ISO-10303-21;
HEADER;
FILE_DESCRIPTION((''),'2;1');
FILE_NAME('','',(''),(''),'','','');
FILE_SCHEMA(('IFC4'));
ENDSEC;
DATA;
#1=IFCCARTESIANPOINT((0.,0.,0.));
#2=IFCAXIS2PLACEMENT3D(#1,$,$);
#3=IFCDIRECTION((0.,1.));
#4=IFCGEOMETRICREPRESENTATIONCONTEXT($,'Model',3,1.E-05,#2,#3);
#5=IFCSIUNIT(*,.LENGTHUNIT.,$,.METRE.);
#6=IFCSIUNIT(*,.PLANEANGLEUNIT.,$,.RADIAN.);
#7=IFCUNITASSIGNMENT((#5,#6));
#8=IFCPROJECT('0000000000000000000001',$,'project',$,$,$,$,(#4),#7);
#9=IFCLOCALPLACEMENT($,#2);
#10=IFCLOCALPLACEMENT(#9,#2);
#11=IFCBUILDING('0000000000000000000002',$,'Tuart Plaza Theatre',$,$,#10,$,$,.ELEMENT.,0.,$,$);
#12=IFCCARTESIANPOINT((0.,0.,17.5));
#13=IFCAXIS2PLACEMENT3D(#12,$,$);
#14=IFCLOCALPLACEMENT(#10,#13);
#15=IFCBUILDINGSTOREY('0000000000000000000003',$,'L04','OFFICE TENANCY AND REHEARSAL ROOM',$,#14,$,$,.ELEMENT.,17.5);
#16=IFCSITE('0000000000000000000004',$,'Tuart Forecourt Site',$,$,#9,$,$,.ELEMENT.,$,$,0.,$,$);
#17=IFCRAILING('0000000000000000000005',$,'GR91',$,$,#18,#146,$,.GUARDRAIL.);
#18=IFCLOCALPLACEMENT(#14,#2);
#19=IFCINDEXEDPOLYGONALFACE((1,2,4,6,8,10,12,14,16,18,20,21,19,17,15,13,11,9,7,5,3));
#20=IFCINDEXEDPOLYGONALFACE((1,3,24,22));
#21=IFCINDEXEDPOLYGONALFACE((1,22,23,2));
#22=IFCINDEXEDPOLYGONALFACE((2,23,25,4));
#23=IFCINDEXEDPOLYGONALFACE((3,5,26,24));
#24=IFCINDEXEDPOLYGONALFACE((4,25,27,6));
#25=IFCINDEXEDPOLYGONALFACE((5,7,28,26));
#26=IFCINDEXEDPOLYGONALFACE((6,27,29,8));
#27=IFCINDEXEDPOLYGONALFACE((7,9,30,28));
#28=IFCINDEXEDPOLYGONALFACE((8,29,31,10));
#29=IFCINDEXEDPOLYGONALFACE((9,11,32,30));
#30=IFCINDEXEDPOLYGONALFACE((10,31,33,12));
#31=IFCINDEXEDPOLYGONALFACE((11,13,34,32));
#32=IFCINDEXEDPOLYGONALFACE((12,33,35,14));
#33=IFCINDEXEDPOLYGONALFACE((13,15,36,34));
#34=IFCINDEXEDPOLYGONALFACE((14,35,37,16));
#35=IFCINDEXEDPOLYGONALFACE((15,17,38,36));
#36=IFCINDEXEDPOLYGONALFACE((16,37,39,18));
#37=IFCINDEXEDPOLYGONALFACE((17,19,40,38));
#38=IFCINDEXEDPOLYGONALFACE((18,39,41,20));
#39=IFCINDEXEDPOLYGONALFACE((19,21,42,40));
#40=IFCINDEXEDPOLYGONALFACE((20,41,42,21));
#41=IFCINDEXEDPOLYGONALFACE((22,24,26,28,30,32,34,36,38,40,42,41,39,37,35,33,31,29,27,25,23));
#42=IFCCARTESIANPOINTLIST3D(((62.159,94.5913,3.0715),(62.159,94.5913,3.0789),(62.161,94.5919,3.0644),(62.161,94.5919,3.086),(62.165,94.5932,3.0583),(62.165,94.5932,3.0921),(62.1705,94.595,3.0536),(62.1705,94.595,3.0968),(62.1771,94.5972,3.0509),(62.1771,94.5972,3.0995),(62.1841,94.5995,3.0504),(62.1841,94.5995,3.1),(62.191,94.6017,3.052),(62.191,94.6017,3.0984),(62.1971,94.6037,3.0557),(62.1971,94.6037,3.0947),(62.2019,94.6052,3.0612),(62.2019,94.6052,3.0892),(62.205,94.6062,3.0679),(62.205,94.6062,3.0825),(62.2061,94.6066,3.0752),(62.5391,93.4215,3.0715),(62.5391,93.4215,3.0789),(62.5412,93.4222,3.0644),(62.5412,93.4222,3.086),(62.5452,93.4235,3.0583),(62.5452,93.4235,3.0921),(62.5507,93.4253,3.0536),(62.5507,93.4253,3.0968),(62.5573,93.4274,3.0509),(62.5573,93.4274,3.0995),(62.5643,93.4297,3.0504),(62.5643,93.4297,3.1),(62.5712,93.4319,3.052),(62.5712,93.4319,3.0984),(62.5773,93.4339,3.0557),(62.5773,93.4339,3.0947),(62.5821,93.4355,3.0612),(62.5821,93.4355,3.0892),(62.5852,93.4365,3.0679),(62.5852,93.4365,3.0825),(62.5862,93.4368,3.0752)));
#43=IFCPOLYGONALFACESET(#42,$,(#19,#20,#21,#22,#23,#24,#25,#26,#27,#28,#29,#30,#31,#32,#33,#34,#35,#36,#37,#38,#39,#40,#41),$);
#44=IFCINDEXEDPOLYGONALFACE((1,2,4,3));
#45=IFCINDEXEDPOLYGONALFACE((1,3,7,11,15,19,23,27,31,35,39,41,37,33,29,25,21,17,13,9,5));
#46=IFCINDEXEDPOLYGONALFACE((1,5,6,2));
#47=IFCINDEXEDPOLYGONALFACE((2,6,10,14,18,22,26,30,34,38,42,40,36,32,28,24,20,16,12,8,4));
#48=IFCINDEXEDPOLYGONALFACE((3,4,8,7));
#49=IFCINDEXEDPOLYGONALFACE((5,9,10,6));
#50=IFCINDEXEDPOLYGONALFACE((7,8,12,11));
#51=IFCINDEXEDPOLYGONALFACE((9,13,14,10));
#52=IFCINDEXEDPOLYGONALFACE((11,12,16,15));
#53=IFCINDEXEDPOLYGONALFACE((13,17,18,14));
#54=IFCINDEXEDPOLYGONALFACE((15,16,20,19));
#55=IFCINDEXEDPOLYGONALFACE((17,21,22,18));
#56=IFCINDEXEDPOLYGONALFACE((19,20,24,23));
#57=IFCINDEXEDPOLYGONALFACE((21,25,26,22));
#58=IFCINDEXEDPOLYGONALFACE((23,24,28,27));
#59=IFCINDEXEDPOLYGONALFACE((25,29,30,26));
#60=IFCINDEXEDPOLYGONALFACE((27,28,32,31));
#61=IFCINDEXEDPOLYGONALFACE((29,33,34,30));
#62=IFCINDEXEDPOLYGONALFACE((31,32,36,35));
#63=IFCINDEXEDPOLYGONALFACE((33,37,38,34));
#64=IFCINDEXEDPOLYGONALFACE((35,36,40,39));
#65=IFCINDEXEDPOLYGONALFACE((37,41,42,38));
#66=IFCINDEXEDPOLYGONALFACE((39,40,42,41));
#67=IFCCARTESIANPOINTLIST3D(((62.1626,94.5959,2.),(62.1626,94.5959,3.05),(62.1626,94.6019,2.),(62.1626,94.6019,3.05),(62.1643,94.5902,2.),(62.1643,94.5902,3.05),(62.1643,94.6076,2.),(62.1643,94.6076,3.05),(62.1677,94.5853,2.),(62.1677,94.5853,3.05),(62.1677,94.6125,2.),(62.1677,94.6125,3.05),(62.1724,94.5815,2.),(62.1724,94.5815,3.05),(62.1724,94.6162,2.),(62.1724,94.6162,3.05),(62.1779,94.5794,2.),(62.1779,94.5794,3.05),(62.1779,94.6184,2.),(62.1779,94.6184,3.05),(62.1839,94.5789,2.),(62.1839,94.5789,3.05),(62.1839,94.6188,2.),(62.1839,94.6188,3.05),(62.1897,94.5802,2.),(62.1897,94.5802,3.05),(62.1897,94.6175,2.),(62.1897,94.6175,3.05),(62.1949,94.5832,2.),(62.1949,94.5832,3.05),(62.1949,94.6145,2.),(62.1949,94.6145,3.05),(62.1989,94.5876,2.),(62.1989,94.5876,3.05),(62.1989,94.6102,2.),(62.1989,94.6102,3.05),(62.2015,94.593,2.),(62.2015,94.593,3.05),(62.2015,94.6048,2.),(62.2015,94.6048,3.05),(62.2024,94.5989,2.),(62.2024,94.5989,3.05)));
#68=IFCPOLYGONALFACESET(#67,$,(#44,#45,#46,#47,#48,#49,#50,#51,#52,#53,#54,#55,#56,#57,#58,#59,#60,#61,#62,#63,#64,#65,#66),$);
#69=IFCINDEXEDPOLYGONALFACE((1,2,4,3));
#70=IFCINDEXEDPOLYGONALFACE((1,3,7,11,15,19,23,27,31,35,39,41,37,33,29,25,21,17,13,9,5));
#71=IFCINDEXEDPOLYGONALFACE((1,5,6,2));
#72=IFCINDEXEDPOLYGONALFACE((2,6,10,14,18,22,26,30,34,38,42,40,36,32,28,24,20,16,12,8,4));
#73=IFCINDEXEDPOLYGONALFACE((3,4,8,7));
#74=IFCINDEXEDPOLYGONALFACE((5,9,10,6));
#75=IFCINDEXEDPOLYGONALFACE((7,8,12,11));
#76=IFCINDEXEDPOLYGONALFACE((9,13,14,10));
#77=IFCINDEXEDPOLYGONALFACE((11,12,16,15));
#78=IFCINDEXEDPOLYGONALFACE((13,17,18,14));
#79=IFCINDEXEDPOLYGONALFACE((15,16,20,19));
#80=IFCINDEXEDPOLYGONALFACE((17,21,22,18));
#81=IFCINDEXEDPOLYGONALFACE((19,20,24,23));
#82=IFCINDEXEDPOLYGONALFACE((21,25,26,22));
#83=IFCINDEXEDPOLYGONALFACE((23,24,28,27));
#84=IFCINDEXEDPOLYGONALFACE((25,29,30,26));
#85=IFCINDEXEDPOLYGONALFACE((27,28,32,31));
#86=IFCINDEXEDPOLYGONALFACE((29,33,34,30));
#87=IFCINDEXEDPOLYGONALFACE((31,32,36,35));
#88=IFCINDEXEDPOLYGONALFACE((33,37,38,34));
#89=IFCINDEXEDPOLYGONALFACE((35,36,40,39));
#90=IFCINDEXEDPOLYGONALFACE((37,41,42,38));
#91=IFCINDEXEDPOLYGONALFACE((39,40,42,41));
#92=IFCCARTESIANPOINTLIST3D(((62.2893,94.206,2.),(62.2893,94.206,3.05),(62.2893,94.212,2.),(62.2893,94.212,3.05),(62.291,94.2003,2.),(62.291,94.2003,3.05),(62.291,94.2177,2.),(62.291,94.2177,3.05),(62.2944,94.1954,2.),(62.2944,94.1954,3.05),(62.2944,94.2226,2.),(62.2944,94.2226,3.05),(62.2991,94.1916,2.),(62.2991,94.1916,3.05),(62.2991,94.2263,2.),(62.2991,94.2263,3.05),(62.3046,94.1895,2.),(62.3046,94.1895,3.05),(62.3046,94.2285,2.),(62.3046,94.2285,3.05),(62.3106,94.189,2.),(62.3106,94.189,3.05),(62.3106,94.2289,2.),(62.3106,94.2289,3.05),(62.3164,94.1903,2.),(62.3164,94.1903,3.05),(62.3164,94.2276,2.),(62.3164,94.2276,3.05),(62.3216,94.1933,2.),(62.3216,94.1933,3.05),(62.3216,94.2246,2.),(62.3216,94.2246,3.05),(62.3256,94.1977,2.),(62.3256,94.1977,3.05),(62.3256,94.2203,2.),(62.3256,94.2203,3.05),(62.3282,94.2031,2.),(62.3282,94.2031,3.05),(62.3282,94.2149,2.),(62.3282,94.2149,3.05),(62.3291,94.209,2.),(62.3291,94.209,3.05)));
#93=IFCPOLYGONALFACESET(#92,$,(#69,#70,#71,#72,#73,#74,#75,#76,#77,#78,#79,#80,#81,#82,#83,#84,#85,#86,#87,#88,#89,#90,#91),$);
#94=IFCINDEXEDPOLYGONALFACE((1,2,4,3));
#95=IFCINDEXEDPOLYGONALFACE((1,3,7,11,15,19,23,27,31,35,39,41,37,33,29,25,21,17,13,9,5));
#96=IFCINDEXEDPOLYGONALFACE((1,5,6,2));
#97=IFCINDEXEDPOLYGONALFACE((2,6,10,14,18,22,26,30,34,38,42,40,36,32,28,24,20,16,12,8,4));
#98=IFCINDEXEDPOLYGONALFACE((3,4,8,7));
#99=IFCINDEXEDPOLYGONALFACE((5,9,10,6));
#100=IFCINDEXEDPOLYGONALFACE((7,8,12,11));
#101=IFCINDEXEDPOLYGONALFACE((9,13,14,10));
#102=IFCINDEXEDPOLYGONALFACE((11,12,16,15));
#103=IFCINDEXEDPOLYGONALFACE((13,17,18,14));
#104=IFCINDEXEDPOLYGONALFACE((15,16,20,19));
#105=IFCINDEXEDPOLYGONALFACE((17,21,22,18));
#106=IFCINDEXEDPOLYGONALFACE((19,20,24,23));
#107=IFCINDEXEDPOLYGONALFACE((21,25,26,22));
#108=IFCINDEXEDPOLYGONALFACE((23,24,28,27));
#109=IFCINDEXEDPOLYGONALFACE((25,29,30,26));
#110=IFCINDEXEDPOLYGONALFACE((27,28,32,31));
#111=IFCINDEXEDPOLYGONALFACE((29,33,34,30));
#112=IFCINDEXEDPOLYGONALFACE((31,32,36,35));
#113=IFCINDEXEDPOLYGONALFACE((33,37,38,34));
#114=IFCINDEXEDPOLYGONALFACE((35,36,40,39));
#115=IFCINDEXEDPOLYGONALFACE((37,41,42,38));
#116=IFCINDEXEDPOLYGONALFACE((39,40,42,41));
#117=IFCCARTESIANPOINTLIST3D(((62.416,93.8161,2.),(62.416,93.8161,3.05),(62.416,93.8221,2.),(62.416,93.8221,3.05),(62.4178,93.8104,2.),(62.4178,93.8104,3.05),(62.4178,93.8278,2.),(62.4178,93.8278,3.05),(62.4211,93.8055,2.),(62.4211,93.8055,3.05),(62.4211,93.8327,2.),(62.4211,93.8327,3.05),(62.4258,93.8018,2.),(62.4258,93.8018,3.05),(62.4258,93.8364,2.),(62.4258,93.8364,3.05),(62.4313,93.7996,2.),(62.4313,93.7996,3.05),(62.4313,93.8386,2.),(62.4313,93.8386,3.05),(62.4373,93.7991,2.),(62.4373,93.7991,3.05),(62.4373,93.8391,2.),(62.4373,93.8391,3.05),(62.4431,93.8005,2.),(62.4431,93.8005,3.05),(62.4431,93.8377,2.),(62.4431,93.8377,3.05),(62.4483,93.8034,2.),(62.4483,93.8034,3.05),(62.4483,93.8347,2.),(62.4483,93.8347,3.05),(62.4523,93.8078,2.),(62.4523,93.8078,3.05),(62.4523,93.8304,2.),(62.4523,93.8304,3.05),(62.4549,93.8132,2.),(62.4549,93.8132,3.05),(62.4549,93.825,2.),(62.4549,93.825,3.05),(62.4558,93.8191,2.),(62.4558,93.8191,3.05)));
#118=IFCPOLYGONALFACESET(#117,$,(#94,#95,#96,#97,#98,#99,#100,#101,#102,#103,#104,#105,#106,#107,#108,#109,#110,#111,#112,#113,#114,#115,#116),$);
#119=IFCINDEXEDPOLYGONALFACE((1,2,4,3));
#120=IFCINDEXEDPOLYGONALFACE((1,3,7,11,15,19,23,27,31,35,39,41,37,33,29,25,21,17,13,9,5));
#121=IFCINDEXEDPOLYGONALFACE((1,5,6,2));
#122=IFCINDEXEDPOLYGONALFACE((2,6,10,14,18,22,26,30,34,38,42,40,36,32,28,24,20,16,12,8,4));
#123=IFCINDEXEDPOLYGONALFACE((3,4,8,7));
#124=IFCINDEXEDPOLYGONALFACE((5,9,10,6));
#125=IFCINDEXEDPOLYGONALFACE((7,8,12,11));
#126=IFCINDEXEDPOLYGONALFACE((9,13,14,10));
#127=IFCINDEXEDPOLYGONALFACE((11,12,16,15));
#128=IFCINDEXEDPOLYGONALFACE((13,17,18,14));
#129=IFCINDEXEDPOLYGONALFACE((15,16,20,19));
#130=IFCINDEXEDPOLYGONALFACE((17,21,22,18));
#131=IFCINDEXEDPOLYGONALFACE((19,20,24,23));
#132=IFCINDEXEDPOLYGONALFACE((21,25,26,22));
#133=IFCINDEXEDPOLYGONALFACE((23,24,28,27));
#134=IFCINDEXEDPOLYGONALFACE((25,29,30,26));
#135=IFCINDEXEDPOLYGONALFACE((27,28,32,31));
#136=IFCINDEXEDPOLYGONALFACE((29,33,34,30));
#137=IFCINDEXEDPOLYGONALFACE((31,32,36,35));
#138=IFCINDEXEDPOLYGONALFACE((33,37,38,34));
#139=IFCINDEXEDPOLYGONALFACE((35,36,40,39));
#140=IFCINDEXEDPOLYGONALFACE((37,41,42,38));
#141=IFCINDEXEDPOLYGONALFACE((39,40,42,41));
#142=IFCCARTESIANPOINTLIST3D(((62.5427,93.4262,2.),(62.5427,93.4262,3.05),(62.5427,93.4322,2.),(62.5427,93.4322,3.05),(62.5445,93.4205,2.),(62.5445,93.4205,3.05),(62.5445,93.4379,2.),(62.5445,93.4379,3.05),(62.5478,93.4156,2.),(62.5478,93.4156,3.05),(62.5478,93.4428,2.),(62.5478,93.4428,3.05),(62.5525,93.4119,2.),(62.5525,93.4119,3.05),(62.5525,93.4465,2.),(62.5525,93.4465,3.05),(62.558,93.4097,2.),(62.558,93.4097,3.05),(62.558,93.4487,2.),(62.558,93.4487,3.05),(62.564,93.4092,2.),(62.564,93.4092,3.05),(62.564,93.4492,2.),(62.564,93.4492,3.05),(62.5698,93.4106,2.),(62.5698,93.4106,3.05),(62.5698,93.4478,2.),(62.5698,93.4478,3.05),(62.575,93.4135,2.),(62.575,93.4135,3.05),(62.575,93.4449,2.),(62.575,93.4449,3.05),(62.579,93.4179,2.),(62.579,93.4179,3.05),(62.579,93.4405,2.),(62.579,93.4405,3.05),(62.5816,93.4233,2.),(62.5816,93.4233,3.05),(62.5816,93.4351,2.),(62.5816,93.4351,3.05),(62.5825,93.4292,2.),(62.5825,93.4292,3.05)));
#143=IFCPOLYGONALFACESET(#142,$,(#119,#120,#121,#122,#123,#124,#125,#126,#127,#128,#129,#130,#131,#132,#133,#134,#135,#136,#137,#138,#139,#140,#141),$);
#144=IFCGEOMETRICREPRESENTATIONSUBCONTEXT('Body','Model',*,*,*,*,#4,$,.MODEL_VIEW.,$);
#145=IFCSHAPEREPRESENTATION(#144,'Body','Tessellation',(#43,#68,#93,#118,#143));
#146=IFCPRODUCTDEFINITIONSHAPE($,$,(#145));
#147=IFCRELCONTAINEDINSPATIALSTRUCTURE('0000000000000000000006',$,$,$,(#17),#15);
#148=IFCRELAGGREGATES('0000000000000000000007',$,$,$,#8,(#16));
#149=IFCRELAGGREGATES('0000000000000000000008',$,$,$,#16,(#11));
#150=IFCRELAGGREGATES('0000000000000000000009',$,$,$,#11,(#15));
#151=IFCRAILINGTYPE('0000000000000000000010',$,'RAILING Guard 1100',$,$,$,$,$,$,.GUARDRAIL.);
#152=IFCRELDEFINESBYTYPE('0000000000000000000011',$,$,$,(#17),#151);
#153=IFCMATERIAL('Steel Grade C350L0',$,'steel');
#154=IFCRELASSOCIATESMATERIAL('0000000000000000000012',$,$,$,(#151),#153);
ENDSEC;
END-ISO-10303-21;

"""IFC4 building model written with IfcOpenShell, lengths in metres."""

from ifc_helpers import new_model, si_unit, direction, frame, origin, origin_2d, place, context, subcontext, project, spatial, circle, extrude, material, type_object, element, save


model = new_model("IFC4")

# Units and contexts
model_context = context("Model", 3, precision=1e-05, world=origin(), true_north=direction((0.0, 1.0)))
body_context = subcontext(model_context, "Body", "Model", "MODEL_VIEW")
ifc_project = project(units=[si_unit("LENGTHUNIT", "METRE"), si_unit("PLANEANGLEUNIT", "RADIAN")], contexts=[model_context])

# Site, building, storey
site_placement = place(None, origin())
site = spatial("IfcSite", under=ifc_project, at=site_placement, Name="Tuart Forecourt Site", CompositionType="ELEMENT", RefElevation=0.0)
building_placement = place(site_placement, origin())
building = spatial("IfcBuilding", under=site, at=building_placement, Name="Tuart Plaza Theatre", CompositionType="ELEMENT", ElevationOfRefHeight=0.0)
storey_placement = place(building_placement, frame((0.0, 0.0, 17.5)))
storey = spatial("IfcBuildingStorey", under=building, at=storey_placement, Name="L04", Description="OFFICE TENANCY AND REHEARSAL ROOM", CompositionType="ELEMENT", Elevation=17.5)

# Railing
ifc_material_1 = material(Name="Steel Grade C350L0", Category="steel")
railing_type_1 = type_object("IfcRailingType", Name="RAILING Guard 1100", PredefinedType="GUARDRAIL", material=ifc_material_1)
railing_1_placement = place(storey_placement, frame((62.1824, 94.5989, 2.0)))
element("IfcRailing", 1, at=railing_1_placement, inside=storey, type_object=railing_type_1, Name="GR91", PredefinedType="GUARDRAIL", context=body_context, shape_type="SweptSolid", body=[
    extrude(circle(Radius=0.0249, at=origin_2d()), frame((0.0, 0.0, 1.0752), z_axis=(0.309073, -0.951038, 0.0), x_axis=(0.951038, 0.309073, 0.0)), (0.0, 0.0, 1.0), 1.23),
    extrude(circle(Radius=0.02, at=origin_2d()), origin(), (0.0, 0.0, 1.0), 1.05),
    extrude(circle(Radius=0.02, at=origin_2d()), frame((0.1267, -0.3899, 0.0)), (0.0, 0.0, 1.0), 1.05),
    extrude(circle(Radius=0.02, at=origin_2d()), frame((0.2534, -0.7798, 0.0)), (0.0, 0.0, 1.0), 1.05),
    extrude(circle(Radius=0.02, at=origin_2d()), frame((0.3801, -1.1697, 0.0)), (0.0, 0.0, 1.0), 1.05),
])

save(model, "model.ifc")
